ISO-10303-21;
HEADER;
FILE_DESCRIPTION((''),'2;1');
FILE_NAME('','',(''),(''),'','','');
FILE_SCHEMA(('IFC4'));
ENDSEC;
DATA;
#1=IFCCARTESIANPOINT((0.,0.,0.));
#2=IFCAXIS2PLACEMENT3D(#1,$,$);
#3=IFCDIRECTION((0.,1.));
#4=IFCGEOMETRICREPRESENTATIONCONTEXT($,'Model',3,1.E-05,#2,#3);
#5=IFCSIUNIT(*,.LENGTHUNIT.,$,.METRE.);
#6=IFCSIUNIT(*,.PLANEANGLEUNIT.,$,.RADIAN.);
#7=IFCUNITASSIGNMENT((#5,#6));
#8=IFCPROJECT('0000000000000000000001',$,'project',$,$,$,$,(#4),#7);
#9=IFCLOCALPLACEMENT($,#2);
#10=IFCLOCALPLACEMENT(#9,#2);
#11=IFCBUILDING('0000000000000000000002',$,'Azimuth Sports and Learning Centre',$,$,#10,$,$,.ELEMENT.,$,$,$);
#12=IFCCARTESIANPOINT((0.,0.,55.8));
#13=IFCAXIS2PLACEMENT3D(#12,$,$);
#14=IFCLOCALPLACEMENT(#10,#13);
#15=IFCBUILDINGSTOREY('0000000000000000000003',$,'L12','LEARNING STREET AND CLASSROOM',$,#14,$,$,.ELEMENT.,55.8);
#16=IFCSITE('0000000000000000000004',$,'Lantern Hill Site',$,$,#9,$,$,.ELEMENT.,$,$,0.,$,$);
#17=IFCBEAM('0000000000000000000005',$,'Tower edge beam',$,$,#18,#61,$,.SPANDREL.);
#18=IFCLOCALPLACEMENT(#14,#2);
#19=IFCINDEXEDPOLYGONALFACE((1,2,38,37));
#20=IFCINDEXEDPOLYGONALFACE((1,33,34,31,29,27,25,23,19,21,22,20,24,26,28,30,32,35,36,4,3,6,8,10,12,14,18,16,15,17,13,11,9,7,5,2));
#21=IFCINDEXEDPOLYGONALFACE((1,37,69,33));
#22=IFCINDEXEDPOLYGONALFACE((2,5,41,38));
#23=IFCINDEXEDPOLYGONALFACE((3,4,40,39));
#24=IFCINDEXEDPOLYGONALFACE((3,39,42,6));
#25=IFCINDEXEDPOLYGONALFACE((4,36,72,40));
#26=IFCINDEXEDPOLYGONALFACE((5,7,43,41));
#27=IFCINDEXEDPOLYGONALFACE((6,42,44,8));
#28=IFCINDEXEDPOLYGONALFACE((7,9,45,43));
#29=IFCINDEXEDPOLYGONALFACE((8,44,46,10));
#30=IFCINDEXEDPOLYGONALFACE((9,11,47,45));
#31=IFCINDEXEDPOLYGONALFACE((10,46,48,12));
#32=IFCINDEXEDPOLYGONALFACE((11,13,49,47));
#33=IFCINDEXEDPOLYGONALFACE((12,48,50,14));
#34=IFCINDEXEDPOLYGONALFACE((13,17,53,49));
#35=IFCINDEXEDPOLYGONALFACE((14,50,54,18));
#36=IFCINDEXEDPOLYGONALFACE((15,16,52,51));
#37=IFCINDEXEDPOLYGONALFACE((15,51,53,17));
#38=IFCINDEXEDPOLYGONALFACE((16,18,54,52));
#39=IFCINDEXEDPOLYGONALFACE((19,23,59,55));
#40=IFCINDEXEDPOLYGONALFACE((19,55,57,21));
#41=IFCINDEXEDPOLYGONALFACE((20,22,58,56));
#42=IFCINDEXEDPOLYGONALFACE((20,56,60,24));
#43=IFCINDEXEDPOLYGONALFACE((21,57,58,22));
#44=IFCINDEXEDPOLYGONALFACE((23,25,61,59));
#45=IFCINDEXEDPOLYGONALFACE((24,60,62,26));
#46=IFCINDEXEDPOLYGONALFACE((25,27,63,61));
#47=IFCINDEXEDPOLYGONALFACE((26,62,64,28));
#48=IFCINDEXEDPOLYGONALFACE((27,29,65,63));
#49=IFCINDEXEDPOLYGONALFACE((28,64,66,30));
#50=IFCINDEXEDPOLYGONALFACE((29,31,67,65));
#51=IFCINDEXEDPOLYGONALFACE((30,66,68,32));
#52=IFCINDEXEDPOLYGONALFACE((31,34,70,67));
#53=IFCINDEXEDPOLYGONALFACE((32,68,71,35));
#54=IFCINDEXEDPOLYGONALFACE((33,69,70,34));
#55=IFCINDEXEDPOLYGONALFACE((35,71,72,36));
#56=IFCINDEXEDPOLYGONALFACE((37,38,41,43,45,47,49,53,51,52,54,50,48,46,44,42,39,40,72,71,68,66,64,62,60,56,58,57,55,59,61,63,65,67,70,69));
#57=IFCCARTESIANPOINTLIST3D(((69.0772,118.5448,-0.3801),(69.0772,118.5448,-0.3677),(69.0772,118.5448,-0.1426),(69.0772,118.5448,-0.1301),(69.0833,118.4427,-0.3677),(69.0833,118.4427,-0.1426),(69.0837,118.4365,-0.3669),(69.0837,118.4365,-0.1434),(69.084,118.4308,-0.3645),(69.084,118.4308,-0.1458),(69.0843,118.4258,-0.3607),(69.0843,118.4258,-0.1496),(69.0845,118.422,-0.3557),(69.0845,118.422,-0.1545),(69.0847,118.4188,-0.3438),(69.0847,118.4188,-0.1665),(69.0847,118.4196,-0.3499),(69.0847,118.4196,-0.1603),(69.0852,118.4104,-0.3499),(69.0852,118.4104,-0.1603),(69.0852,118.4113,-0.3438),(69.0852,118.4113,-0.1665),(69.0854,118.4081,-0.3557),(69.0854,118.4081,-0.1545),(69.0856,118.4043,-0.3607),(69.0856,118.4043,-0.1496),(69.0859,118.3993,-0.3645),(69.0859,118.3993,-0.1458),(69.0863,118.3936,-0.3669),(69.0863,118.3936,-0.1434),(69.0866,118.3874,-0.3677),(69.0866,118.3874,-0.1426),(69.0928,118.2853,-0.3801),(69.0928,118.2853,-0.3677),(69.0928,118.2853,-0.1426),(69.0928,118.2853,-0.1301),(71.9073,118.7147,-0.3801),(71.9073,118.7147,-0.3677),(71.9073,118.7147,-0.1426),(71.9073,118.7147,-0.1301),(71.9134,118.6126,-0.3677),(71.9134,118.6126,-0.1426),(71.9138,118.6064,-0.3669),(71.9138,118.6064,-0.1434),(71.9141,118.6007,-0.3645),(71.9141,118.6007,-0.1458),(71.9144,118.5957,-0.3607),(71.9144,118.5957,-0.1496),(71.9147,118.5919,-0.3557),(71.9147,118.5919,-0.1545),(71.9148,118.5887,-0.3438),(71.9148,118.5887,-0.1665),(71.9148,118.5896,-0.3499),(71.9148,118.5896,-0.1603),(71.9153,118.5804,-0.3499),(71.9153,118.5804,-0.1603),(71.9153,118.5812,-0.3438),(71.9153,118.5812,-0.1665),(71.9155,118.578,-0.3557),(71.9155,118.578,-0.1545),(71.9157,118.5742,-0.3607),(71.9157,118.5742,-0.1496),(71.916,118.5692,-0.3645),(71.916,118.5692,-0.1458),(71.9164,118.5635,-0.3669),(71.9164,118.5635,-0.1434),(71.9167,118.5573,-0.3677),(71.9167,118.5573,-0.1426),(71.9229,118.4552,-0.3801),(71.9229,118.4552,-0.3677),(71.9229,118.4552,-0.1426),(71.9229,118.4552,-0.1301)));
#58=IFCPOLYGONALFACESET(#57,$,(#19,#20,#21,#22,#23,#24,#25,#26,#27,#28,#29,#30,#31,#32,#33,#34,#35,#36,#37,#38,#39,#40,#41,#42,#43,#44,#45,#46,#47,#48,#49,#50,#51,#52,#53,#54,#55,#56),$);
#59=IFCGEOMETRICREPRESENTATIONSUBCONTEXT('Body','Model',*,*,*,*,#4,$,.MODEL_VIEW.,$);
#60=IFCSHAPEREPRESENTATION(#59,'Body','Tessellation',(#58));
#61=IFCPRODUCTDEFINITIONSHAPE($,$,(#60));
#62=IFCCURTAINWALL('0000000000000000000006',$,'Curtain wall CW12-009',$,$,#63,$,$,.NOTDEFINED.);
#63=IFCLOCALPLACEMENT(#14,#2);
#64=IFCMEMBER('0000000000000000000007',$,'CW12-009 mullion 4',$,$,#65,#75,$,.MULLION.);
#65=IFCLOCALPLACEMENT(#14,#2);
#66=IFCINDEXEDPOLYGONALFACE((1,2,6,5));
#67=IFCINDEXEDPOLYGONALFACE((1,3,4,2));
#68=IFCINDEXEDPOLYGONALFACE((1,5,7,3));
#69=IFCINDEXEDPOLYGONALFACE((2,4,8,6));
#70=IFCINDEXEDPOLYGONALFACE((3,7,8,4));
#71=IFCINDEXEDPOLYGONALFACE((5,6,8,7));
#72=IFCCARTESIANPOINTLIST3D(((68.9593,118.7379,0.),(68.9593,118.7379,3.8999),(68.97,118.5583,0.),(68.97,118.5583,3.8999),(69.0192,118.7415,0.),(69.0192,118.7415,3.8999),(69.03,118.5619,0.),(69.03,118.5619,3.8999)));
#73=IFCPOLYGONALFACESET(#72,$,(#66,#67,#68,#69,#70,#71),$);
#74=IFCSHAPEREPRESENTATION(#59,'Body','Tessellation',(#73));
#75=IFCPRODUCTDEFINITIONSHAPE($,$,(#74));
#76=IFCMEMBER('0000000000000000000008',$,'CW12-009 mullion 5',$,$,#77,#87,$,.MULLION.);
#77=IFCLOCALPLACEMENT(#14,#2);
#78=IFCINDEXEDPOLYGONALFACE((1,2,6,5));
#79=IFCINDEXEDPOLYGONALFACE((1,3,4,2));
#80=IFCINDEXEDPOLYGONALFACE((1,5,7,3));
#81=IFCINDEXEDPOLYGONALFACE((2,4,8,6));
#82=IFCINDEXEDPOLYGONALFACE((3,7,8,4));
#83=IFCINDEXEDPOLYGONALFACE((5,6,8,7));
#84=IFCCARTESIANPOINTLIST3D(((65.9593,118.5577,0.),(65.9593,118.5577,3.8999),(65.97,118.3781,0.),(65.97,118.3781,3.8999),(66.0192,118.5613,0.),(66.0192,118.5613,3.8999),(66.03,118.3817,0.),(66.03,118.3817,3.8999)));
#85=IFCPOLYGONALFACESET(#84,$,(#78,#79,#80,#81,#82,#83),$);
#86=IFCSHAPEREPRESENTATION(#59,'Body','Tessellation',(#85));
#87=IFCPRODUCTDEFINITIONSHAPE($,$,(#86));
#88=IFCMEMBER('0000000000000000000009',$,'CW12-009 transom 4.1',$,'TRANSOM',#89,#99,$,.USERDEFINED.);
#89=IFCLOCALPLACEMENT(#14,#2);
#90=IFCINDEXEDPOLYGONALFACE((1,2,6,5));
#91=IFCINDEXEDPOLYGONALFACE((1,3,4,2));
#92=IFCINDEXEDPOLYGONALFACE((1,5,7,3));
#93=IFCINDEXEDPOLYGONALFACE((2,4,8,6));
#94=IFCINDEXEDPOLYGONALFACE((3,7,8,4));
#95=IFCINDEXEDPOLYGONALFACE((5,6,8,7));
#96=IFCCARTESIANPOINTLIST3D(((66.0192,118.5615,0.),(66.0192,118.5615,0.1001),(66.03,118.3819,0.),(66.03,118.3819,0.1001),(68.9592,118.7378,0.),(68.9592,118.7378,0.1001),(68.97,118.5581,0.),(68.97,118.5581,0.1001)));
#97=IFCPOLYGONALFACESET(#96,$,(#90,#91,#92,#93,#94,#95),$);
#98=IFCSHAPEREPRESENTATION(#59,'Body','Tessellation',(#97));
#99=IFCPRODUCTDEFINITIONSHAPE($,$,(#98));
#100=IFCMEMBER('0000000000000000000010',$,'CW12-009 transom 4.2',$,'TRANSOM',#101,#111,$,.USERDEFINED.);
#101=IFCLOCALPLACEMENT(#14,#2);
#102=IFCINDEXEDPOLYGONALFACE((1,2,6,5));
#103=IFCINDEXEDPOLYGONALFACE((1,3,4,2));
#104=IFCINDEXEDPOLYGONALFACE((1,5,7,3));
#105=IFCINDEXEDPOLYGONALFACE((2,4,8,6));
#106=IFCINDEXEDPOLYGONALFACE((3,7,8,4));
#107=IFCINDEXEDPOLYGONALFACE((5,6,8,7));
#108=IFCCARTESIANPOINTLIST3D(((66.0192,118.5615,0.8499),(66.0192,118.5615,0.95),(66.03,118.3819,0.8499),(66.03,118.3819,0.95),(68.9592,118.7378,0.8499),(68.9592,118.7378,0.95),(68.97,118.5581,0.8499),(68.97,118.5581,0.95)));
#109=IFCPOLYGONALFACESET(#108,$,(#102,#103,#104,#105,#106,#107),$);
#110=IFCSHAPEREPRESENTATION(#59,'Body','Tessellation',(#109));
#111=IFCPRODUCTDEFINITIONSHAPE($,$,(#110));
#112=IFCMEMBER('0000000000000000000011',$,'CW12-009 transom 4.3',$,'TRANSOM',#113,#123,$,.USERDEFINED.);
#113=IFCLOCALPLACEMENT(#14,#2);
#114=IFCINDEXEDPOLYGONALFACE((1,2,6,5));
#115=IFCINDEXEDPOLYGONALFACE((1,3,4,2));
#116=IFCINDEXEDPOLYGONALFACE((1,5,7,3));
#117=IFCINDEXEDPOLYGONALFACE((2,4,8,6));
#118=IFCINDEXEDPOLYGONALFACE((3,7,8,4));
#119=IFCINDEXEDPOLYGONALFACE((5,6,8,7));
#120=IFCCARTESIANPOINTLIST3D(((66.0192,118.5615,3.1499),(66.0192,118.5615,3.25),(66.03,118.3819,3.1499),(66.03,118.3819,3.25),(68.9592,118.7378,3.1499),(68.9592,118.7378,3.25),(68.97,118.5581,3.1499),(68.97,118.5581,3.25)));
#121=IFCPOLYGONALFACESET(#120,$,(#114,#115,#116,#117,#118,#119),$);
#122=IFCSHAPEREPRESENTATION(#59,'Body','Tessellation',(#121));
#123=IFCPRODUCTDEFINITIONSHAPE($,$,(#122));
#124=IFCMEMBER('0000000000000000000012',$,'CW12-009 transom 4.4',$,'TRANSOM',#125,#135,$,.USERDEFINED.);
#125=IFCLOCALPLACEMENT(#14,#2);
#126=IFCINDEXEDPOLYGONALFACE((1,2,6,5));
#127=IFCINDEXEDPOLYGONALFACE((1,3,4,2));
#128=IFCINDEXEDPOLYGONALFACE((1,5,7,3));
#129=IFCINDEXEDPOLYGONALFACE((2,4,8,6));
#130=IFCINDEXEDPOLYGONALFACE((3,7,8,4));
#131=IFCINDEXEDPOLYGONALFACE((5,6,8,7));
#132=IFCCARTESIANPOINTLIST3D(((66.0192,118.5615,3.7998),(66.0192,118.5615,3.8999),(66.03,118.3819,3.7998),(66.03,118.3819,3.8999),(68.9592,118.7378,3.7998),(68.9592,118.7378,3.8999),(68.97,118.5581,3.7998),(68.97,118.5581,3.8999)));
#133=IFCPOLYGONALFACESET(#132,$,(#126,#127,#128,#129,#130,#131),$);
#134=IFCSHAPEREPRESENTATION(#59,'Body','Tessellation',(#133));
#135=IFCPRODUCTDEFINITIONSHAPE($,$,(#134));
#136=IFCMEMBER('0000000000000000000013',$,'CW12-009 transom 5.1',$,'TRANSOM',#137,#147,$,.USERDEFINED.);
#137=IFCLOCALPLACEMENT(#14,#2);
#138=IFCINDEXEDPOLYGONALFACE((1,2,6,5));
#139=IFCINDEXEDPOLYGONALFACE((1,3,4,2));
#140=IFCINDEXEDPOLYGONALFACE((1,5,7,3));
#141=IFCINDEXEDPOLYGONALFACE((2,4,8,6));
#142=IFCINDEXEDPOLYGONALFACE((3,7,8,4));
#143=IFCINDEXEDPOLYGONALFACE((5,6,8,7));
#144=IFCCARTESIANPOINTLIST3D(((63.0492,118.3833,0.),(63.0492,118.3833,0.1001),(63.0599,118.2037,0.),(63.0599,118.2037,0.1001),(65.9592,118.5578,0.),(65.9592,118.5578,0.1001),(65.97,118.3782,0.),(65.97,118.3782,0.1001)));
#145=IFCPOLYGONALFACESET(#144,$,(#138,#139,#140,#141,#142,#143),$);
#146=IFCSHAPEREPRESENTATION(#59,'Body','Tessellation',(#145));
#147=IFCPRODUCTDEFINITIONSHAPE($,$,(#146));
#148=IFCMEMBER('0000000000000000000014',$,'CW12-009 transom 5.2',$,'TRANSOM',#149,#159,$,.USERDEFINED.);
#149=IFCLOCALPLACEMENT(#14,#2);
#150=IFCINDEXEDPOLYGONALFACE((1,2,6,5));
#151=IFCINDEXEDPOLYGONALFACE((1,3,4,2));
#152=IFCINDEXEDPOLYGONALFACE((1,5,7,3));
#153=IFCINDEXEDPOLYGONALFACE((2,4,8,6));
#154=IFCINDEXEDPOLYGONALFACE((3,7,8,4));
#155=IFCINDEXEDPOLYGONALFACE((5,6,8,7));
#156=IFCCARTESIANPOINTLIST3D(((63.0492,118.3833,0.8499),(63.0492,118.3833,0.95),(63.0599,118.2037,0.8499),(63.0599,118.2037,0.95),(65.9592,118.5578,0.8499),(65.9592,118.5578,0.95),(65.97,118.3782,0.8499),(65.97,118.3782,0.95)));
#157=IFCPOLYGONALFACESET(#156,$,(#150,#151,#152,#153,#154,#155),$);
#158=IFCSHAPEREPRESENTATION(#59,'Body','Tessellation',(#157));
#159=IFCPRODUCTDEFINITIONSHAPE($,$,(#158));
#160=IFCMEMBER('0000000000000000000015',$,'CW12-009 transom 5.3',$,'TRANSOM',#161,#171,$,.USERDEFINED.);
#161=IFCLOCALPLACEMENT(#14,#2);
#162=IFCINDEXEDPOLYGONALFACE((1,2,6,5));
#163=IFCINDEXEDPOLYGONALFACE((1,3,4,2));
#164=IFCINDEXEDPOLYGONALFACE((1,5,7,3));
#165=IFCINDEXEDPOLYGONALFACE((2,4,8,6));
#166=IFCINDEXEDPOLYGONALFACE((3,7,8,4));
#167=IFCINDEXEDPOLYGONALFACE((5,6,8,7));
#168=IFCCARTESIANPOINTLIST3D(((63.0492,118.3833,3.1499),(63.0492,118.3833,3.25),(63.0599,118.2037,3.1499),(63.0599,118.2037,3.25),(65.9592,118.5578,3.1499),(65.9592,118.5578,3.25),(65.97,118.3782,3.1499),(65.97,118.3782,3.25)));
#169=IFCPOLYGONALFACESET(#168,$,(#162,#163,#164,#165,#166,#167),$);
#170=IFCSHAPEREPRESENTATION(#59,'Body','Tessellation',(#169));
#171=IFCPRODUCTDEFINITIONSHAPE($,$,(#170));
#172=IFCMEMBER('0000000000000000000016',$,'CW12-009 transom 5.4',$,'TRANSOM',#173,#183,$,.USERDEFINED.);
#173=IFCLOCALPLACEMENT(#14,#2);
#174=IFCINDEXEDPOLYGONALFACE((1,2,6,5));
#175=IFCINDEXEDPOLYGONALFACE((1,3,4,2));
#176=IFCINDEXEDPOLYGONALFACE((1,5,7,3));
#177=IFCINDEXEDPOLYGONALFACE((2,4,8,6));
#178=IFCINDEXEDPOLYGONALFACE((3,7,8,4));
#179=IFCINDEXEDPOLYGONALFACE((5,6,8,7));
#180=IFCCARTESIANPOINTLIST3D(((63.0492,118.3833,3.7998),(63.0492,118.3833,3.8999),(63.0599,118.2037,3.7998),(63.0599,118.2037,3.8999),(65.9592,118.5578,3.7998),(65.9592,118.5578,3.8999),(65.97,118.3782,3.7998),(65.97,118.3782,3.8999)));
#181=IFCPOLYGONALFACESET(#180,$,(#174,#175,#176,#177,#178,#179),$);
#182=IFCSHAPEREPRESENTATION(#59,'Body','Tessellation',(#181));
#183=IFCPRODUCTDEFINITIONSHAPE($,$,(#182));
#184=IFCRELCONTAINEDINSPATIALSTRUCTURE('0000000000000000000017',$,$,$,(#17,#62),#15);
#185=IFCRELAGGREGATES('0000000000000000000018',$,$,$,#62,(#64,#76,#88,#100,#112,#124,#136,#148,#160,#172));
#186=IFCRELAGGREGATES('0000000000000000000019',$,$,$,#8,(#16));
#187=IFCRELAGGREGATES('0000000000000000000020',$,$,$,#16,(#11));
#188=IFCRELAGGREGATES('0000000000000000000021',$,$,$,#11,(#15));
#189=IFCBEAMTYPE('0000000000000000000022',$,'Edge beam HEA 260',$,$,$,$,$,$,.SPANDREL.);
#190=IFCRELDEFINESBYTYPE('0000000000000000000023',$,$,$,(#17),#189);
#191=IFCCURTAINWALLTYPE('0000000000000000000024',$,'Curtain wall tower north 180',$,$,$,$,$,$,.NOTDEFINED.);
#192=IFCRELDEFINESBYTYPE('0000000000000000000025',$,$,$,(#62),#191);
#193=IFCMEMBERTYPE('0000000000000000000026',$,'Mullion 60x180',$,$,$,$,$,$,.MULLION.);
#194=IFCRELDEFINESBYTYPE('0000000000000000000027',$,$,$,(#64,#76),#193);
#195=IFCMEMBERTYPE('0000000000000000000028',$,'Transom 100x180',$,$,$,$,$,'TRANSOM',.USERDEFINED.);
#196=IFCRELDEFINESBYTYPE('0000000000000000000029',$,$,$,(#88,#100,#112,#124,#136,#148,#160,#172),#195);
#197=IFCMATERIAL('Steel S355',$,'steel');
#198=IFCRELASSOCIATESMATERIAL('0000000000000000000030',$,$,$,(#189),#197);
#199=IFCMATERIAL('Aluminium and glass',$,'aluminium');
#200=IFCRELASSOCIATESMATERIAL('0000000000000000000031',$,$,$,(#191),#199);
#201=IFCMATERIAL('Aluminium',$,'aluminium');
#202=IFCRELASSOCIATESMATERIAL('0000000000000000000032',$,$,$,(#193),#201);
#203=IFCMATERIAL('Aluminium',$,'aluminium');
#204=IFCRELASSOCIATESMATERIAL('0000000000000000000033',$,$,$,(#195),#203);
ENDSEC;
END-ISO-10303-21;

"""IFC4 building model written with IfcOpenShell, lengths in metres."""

from ifc_helpers import new_model, si_unit, direction, frame, origin, origin_2d, place, context, subcontext, project, spatial, rectangle, i_section, extrude, material, material_profile, profile_set, type_object, element, aggregate, save


model = new_model("IFC4")

# Units and contexts
model_context = context("Model", 3, precision=1e-05, world=origin(), true_north=direction((0.0, 1.0)))
body_context = subcontext(model_context, "Body", "Model", "MODEL_VIEW")
ifc_project = project(units=[si_unit("LENGTHUNIT", "METRE"), si_unit("PLANEANGLEUNIT", "RADIAN")], contexts=[model_context])

# Site, building, storey
site_placement = place(None, origin())
site = spatial("IfcSite", under=ifc_project, at=site_placement, Name="Lantern Hill Site", CompositionType="ELEMENT", RefElevation=0.0)
building_placement = place(site_placement, origin())
building = spatial("IfcBuilding", under=site, at=building_placement, Name="Azimuth Sports and Learning Centre", CompositionType="ELEMENT")
storey_placement = place(building_placement, frame((0.0, 0.0, 55.8)))
storey = spatial("IfcBuildingStorey", under=building, at=storey_placement, Name="L12", Description="LEARNING STREET AND CLASSROOM", CompositionType="ELEMENT", Elevation=55.8)

# Beam
ifc_material_1 = material(Name="Steel S355", Category="steel")
ifc_material_profile_1 = material_profile(ifc_material_1, i_section(OverallWidth=0.26, OverallDepth=0.25, WebThickness=0.0076, FlangeThickness=0.0125, FilletRadius=0.0239, at=origin_2d()), Name="HEA 260")
ifc_profile_set_1 = profile_set([ifc_material_profile_1], Name="Steel S355")
beam_type_1 = type_object("IfcBeamType", Name="Edge beam HEA 260", PredefinedType="SPANDREL", material=ifc_profile_set_1)
for number, where, z_axis, x_axis, name in (
    (1, (69.085, 118.415, -0.2551), (0.998202, 0.059933, 0.0), (-0.059933, 0.998202, 0.0), "Tower edge beam"),
):
    element("IfcBeam", number, at=place(storey_placement, frame(where, z_axis=z_axis, x_axis=x_axis)), inside=storey, type_object=beam_type_1, Name=name, PredefinedType="SPANDREL", context=body_context, shape_type="SweptSolid", body=[
        extrude(i_section(OverallWidth=0.26, OverallDepth=0.25, WebThickness=0.0076, FlangeThickness=0.0125, FilletRadius=0.0239, at=origin_2d()), origin(), (0.0, 0.0, 1.0), 2.8352),
    ])

# Curtain wall, members
ifc_material_2 = material(Name="Aluminium and glass", Category="aluminium")
curtain_wall_type = type_object("IfcCurtainWallType", Name="Curtain wall tower north 180", PredefinedType="NOTDEFINED", material=ifc_material_2)
curtain_wall_placement = place(storey_placement, origin())
curtain_wall = element("IfcCurtainWall", 2, at=curtain_wall_placement, inside=storey, type_object=curtain_wall_type, Name="Curtain wall CW12-009", PredefinedType="NOTDEFINED")
ifc_material_3 = material(Name="Aluminium", Category="aluminium")
ifc_material_profile_2 = material_profile(ifc_material_3, rectangle(XDim=0.1799, YDim=0.0601, at=origin_2d()), Name="Mullion 60x180")
ifc_profile_set_2 = profile_set([ifc_material_profile_2], Name="Aluminium")
member_type_1 = type_object("IfcMemberType", Name="Mullion 60x180", PredefinedType="MULLION", material=ifc_profile_set_2)
member_1_placement = place(storey_placement, frame((68.9946, 118.6499, 0.0), z_axis=(0.0, 0.0, 1.0), x_axis=(0.059892, -0.998205, 0.0)))
member_1 = element("IfcMember", 3, at=member_1_placement, type_object=member_type_1, Name="CW12-009 mullion 4", PredefinedType="MULLION", context=body_context, shape_type="SweptSolid", body=[
    extrude(rectangle(XDim=0.1799, YDim=0.0601, at=origin_2d()), origin(), (0.0, 0.0, 1.0), 3.8999),
])
member_2_placement = place(storey_placement, frame((65.9946, 118.4697, 0.0), z_axis=(0.0, 0.0, 1.0), x_axis=(0.059892, -0.998205, 0.0)))
member_2 = element("IfcMember", 4, at=member_2_placement, type_object=member_type_1, Name="CW12-009 mullion 5", PredefinedType="MULLION", context=body_context, shape_type="SweptSolid", body=[
    extrude(rectangle(XDim=0.1799, YDim=0.0601, at=origin_2d()), origin(), (0.0, 0.0, 1.0), 3.8999),
])
ifc_material_4 = material(Name="Aluminium", Category="aluminium")
ifc_material_profile_3 = material_profile(ifc_material_4, rectangle(XDim=0.1799, YDim=0.1001, at=origin_2d()), Name="Transom 100x180")
ifc_profile_set_3 = profile_set([ifc_material_profile_3], Name="Aluminium")
member_type_2 = type_object("IfcMemberType", Name="Transom 100x180", ElementType="TRANSOM", PredefinedType="USERDEFINED", material=ifc_profile_set_3)
member_3_placement = place(storey_placement, frame((68.9646, 118.6479, 0.05), z_axis=(-0.998207, -0.059849, 0.0), x_axis=(0.059849, -0.998207, 0.0)))
member_3 = element("IfcMember", 5, at=member_3_placement, type_object=member_type_2, Name="CW12-009 transom 4.1", ObjectType="TRANSOM", PredefinedType="USERDEFINED", context=body_context, shape_type="SweptSolid", body=[
    extrude(rectangle(XDim=0.1799, YDim=0.1001, at=origin_2d()), origin(), (0.0, 0.0, 1.0), 2.9453),
])
member_4_placement = place(storey_placement, frame((68.9646, 118.6479, 0.8999), z_axis=(-0.998207, -0.059849, 0.0), x_axis=(0.059849, -0.998207, 0.0)))
member_4 = element("IfcMember", 6, at=member_4_placement, type_object=member_type_2, Name="CW12-009 transom 4.2", ObjectType="TRANSOM", PredefinedType="USERDEFINED", context=body_context, shape_type="SweptSolid", body=[
    extrude(rectangle(XDim=0.1799, YDim=0.1001, at=origin_2d()), origin(), (0.0, 0.0, 1.0), 2.9453),
])
member_5_placement = place(storey_placement, frame((68.9646, 118.6479, 3.2), z_axis=(-0.998207, -0.059849, 0.0), x_axis=(0.059849, -0.998207, 0.0)))
member_5 = element("IfcMember", 7, at=member_5_placement, type_object=member_type_2, Name="CW12-009 transom 4.3", ObjectType="TRANSOM", PredefinedType="USERDEFINED", context=body_context, shape_type="SweptSolid", body=[
    extrude(rectangle(XDim=0.1799, YDim=0.1001, at=origin_2d()), origin(), (0.0, 0.0, 1.0), 2.9453),
])
member_6_placement = place(storey_placement, frame((68.9646, 118.6479, 3.8499), z_axis=(-0.998207, -0.059849, 0.0), x_axis=(0.059849, -0.998207, 0.0)))
member_6 = element("IfcMember", 8, at=member_6_placement, type_object=member_type_2, Name="CW12-009 transom 4.4", ObjectType="TRANSOM", PredefinedType="USERDEFINED", context=body_context, shape_type="SweptSolid", body=[
    extrude(rectangle(XDim=0.1799, YDim=0.1001, at=origin_2d()), origin(), (0.0, 0.0, 1.0), 2.9453),
])
member_7_placement = place(storey_placement, frame((65.9646, 118.468, 0.05), z_axis=(-0.998206, -0.059876, 0.0), x_axis=(0.059876, -0.998206, 0.0)))
member_7 = element("IfcMember", 9, at=member_7_placement, type_object=member_type_2, Name="CW12-009 transom 5.1", ObjectType="TRANSOM", PredefinedType="USERDEFINED", context=body_context, shape_type="SweptSolid", body=[
    extrude(rectangle(XDim=0.1799, YDim=0.1001, at=origin_2d()), origin(), (0.0, 0.0, 1.0), 2.9153),
])
member_8_placement = place(storey_placement, frame((65.9646, 118.468, 0.8999), z_axis=(-0.998206, -0.059876, 0.0), x_axis=(0.059876, -0.998206, 0.0)))
member_8 = element("IfcMember", 10, at=member_8_placement, type_object=member_type_2, Name="CW12-009 transom 5.2", ObjectType="TRANSOM", PredefinedType="USERDEFINED", context=body_context, shape_type="SweptSolid", body=[
    extrude(rectangle(XDim=0.1799, YDim=0.1001, at=origin_2d()), origin(), (0.0, 0.0, 1.0), 2.9153),
])
member_9_placement = place(storey_placement, frame((65.9646, 118.468, 3.2), z_axis=(-0.998206, -0.059876, 0.0), x_axis=(0.059876, -0.998206, 0.0)))
member_9 = element("IfcMember", 11, at=member_9_placement, type_object=member_type_2, Name="CW12-009 transom 5.3", ObjectType="TRANSOM", PredefinedType="USERDEFINED", context=body_context, shape_type="SweptSolid", body=[
    extrude(rectangle(XDim=0.1799, YDim=0.1001, at=origin_2d()), origin(), (0.0, 0.0, 1.0), 2.9153),
])
member_10_placement = place(storey_placement, frame((65.9646, 118.468, 3.8499), z_axis=(-0.998206, -0.059876, 0.0), x_axis=(0.059876, -0.998206, 0.0)))
member_10 = element("IfcMember", 12, at=member_10_placement, type_object=member_type_2, Name="CW12-009 transom 5.4", ObjectType="TRANSOM", PredefinedType="USERDEFINED", context=body_context, shape_type="SweptSolid", body=[
    extrude(rectangle(XDim=0.1799, YDim=0.1001, at=origin_2d()), origin(), (0.0, 0.0, 1.0), 2.9153),
])
aggregate(curtain_wall, [member_1, member_2, member_3, member_4, member_5, member_6, member_7, member_8, member_9, member_10])

save(model, "model.ifc")
